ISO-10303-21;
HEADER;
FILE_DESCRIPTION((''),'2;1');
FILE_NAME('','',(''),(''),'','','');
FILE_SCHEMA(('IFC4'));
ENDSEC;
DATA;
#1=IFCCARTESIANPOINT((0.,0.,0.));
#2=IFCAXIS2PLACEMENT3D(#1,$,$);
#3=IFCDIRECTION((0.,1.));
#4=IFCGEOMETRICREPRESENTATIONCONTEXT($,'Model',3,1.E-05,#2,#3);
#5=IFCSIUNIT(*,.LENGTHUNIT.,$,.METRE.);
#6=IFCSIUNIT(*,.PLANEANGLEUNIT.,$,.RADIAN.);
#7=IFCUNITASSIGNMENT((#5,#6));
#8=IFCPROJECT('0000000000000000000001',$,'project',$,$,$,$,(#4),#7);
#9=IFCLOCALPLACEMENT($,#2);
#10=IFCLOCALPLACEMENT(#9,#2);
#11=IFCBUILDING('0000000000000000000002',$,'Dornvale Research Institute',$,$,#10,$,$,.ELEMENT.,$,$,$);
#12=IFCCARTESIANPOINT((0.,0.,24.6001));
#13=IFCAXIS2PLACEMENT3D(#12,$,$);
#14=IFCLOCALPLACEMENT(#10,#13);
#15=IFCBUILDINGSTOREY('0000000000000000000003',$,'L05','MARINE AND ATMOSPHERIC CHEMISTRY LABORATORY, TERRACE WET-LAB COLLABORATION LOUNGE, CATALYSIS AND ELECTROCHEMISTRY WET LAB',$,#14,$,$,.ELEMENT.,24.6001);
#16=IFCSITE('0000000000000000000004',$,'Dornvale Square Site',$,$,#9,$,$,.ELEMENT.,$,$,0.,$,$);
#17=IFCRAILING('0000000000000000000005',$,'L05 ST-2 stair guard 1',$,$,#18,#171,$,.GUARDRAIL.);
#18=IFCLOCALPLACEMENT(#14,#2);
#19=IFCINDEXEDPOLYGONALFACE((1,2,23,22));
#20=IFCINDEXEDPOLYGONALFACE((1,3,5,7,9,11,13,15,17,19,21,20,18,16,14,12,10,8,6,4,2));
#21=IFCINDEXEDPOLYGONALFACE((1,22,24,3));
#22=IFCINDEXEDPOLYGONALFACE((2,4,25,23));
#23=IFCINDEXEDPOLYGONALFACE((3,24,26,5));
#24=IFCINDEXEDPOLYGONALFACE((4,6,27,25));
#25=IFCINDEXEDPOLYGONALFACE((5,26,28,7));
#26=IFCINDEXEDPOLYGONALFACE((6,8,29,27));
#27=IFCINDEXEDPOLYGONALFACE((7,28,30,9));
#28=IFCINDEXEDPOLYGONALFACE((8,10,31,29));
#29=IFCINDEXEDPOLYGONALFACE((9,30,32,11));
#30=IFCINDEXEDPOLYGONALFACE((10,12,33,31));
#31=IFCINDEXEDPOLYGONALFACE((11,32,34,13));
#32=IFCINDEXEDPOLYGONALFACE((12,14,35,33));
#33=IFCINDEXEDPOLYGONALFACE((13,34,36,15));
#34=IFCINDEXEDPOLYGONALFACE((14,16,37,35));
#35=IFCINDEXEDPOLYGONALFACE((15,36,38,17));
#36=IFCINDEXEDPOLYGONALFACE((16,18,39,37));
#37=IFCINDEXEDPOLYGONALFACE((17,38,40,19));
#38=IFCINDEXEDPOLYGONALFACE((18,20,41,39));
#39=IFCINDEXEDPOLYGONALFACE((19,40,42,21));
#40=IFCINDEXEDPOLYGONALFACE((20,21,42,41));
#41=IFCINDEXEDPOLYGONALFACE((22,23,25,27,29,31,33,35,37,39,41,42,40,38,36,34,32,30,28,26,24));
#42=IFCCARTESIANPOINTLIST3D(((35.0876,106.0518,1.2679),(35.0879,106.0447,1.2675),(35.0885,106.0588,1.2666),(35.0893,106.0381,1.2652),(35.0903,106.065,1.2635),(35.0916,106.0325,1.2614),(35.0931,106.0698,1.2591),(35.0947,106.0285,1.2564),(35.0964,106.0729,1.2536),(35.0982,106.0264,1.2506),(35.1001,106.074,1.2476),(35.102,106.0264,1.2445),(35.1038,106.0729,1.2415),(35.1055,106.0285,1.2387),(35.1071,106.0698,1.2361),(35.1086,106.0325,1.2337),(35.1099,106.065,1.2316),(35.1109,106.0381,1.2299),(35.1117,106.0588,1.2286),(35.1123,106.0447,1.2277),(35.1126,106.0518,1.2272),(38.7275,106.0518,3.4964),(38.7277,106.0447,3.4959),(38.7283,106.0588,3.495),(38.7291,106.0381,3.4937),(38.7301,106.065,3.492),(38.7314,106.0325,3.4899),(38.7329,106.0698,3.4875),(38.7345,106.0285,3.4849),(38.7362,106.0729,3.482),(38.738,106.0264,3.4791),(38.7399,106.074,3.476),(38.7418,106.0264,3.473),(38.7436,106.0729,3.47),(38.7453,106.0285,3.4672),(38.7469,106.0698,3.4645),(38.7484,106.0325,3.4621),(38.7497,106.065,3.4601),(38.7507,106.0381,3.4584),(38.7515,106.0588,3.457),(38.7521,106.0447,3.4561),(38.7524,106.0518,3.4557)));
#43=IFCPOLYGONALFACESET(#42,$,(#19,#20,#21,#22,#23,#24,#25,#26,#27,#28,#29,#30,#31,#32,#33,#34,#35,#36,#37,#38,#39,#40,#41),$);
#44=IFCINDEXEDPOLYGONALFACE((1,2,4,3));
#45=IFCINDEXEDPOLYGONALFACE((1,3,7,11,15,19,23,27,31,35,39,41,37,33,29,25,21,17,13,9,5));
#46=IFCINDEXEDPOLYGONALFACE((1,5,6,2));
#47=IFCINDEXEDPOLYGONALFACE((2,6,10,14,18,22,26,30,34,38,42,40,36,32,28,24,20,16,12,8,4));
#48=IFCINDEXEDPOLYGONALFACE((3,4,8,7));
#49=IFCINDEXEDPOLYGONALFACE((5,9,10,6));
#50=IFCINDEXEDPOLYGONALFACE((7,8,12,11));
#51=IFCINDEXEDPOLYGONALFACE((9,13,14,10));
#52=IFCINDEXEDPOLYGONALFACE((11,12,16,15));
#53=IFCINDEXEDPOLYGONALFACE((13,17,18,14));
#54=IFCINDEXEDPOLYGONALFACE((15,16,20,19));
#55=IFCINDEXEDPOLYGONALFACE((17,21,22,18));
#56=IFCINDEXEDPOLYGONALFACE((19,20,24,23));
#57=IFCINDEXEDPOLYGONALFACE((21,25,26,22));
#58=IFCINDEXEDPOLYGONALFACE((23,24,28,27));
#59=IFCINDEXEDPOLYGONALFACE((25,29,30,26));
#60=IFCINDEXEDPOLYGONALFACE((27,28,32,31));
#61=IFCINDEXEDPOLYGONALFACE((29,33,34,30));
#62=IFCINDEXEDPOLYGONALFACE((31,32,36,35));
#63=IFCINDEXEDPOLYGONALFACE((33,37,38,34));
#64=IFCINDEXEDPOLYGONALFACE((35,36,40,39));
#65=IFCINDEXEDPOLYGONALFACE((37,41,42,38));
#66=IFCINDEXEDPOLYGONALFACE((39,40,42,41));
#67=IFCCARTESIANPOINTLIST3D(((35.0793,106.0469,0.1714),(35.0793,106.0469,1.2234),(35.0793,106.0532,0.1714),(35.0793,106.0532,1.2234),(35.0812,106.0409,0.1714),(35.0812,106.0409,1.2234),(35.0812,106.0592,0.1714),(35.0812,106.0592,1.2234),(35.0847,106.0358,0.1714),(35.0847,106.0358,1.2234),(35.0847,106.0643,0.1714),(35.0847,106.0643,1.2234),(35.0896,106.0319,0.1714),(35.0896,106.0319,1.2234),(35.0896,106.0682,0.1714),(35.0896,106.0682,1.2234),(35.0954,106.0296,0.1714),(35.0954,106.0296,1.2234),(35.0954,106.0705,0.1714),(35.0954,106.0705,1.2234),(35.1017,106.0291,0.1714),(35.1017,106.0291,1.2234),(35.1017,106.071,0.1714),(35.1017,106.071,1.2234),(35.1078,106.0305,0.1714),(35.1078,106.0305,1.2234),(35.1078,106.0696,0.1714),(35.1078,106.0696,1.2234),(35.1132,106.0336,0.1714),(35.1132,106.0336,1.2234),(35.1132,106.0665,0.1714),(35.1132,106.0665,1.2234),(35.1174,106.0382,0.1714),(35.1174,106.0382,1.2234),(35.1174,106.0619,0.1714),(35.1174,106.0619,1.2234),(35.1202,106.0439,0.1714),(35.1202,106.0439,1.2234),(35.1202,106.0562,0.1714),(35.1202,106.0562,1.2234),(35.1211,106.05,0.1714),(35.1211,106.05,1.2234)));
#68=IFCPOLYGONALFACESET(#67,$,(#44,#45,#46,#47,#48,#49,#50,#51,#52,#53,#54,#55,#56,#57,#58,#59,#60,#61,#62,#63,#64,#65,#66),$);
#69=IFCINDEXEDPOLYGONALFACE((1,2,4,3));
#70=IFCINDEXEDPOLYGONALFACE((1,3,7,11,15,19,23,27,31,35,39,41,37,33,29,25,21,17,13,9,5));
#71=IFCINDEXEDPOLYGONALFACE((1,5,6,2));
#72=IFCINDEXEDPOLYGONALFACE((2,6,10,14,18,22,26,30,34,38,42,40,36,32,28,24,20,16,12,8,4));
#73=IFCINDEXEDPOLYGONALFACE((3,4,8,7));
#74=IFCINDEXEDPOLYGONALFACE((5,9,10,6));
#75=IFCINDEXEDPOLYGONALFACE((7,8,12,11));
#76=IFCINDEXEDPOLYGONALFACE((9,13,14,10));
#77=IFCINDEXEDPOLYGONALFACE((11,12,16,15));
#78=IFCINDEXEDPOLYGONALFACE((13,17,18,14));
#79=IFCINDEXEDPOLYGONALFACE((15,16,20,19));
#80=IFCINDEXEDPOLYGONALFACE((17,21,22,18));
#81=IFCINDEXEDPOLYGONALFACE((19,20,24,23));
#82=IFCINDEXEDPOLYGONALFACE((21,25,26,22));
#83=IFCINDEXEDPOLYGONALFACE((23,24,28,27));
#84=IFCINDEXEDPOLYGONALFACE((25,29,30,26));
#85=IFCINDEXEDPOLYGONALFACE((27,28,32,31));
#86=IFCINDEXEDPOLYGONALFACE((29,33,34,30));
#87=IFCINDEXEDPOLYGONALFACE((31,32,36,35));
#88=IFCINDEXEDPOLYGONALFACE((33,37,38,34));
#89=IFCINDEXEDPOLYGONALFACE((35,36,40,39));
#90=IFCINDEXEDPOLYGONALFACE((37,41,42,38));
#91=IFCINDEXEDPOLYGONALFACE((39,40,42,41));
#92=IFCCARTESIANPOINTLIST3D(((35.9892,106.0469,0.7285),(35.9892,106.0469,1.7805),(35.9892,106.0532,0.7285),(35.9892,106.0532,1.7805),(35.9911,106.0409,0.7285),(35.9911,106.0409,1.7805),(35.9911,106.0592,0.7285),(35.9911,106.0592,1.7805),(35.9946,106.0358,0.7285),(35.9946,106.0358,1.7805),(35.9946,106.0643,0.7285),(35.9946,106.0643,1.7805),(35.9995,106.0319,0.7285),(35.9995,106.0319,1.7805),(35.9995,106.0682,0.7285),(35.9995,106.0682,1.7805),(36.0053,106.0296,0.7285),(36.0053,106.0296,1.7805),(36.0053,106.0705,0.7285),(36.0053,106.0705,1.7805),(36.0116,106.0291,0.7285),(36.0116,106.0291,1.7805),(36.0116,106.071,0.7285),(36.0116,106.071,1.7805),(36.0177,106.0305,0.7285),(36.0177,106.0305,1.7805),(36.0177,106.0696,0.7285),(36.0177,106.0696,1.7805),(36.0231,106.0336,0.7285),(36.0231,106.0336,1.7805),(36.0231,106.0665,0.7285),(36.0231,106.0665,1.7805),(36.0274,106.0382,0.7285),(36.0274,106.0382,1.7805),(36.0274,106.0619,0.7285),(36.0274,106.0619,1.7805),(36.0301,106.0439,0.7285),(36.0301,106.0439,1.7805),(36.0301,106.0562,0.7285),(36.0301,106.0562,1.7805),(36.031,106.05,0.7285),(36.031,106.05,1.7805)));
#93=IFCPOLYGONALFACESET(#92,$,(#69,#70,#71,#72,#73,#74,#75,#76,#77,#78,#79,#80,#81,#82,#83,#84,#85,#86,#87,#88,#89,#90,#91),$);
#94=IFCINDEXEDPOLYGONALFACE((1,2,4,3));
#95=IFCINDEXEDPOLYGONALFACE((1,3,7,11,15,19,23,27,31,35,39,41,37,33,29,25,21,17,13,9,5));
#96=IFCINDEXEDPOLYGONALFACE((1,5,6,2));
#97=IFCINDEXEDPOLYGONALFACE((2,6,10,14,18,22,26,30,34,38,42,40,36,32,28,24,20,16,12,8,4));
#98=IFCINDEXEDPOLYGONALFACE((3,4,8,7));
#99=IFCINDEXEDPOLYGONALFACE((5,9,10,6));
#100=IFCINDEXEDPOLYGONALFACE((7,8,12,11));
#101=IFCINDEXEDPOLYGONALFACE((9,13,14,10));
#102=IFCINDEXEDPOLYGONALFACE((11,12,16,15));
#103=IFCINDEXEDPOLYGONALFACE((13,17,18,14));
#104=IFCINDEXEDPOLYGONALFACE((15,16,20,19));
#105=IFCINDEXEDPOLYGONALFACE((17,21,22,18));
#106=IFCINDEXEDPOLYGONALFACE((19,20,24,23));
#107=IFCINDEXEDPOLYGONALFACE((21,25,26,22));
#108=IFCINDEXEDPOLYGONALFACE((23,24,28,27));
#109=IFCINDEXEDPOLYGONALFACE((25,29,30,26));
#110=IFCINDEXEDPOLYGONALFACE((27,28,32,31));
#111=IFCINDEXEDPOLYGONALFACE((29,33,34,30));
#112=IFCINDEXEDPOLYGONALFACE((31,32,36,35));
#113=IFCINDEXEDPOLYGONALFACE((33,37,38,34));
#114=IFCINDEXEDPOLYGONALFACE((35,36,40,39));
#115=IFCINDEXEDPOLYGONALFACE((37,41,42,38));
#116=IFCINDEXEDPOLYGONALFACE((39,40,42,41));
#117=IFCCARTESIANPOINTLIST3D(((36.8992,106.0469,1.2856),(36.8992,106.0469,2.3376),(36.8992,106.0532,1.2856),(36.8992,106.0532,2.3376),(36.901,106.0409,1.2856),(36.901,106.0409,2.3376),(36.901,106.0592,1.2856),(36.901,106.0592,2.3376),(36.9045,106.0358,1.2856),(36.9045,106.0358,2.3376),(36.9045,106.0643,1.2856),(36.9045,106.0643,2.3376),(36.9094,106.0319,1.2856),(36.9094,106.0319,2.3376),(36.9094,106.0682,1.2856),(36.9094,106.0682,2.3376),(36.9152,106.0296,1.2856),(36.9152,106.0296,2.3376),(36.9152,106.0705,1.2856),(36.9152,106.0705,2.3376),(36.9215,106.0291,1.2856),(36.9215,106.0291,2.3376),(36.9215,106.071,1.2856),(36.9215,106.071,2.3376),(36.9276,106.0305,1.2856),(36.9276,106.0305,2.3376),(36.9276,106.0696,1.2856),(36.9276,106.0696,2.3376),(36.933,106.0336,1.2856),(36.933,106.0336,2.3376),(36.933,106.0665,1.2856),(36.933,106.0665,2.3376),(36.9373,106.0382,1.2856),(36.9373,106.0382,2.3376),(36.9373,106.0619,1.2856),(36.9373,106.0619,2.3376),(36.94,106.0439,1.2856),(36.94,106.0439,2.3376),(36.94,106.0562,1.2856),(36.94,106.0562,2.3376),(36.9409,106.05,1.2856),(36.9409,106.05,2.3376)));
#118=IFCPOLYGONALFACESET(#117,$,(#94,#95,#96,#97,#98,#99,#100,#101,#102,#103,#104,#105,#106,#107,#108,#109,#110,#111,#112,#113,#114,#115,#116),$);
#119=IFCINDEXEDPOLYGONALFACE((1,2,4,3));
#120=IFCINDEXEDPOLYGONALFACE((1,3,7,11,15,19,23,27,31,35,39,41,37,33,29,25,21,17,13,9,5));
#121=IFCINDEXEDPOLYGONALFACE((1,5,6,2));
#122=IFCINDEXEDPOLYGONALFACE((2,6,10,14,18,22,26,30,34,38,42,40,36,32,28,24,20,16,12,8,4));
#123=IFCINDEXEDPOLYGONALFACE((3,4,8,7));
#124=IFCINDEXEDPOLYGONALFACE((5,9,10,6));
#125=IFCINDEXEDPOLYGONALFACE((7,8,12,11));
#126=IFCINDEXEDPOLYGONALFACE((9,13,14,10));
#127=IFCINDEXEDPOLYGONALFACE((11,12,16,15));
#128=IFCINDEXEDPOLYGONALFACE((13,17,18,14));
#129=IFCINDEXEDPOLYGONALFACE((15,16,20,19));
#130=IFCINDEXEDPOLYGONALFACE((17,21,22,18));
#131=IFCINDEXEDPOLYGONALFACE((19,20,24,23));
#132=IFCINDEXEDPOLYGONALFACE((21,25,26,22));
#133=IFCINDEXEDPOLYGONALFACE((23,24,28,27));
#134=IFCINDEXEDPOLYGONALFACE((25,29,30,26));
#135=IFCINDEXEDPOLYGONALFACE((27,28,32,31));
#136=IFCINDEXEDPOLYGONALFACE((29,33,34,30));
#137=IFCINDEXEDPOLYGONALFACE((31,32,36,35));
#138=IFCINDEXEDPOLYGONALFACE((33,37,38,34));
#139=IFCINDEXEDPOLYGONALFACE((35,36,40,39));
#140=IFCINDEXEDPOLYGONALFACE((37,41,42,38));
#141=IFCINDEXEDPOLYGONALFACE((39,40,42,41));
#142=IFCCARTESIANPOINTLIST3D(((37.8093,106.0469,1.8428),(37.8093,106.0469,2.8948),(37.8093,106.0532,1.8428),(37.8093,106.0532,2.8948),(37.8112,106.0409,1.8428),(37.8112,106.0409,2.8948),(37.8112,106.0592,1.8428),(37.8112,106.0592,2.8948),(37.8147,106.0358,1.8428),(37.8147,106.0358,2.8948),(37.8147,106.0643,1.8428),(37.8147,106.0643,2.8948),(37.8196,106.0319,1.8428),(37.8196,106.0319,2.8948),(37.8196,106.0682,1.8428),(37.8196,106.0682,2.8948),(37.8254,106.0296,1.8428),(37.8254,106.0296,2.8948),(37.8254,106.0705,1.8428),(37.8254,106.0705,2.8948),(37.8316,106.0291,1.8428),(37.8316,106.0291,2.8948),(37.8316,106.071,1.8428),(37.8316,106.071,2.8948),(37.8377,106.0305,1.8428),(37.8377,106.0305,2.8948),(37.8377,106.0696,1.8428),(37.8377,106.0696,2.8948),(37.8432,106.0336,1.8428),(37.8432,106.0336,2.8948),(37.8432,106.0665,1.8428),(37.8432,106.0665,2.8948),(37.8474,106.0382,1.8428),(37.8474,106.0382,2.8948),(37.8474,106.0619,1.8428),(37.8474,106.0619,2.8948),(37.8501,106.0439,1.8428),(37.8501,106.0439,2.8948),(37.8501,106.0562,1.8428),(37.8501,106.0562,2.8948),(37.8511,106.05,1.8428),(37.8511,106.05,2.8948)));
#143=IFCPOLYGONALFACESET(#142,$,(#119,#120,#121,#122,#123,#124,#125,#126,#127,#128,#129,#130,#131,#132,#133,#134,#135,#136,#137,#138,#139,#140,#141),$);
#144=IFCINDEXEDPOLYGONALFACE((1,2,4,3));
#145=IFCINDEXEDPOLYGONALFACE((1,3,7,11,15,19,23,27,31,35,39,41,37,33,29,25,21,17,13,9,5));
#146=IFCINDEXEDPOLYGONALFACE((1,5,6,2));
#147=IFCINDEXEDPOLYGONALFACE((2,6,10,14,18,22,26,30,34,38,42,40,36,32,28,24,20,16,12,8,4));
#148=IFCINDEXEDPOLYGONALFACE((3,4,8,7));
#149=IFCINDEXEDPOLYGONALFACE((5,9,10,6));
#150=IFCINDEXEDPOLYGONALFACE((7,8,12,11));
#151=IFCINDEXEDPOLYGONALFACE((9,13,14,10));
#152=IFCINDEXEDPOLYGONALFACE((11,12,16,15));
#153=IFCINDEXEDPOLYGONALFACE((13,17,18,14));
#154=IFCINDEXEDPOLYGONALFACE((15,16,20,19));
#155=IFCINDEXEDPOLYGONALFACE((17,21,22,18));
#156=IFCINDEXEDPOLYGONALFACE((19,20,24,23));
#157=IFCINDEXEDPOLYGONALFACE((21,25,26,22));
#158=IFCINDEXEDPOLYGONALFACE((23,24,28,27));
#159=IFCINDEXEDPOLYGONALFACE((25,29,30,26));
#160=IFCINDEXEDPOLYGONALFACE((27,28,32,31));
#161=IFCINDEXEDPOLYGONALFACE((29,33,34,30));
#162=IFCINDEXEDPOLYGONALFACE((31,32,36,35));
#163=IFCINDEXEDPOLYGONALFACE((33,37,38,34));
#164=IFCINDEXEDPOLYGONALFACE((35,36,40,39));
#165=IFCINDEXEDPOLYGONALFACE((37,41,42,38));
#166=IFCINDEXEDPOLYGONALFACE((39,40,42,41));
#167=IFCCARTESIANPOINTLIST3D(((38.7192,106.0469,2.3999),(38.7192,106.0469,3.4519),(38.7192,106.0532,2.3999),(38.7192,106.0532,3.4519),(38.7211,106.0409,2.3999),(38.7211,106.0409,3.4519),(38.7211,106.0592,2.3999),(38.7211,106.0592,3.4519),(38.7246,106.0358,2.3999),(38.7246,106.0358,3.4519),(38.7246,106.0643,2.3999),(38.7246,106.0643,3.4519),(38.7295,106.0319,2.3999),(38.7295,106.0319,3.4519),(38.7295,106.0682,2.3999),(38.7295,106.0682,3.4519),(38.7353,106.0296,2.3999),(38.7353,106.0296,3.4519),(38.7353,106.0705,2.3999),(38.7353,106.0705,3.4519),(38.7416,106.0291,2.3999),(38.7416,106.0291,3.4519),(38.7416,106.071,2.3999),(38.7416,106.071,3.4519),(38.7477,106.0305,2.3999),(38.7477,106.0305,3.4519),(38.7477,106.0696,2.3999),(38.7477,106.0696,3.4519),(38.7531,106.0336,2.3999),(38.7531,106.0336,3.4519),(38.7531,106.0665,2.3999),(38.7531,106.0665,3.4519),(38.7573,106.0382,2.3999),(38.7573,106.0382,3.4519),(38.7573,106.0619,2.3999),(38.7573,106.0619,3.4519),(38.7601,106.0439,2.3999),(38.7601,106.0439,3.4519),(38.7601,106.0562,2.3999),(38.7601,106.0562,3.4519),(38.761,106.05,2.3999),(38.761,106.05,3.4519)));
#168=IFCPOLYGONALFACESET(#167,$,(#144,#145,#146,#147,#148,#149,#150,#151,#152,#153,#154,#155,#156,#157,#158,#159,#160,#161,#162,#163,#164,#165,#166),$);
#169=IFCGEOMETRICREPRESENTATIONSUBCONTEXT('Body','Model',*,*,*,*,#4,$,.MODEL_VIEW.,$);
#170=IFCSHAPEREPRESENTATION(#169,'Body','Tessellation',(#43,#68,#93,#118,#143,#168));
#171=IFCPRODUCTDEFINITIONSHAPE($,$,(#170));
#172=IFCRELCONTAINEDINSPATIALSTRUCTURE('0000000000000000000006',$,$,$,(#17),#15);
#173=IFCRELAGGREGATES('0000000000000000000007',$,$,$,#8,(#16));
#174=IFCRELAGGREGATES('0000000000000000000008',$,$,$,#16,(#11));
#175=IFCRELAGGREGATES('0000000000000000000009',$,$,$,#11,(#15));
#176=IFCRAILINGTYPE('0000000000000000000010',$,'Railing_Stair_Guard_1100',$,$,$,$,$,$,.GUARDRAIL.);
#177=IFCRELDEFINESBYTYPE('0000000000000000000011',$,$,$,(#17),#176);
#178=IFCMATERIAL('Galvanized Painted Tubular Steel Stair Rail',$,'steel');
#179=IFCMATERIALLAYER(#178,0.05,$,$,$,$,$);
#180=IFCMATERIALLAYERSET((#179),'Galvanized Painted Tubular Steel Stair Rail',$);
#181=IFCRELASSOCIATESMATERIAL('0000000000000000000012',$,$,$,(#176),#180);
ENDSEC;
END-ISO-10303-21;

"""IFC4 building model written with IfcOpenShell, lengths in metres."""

from ifc_helpers import new_model, si_unit, direction, frame, origin, origin_2d, place, context, subcontext, project, spatial, circle, extrude, material, layer, layer_set, type_object, element, save


model = new_model("IFC4")

# Units and contexts
model_context = context("Model", 3, precision=1e-05, world=origin(), true_north=direction((0.0, 1.0)))
body_context = subcontext(model_context, "Body", "Model", "MODEL_VIEW")
ifc_project = project(units=[si_unit("LENGTHUNIT", "METRE"), si_unit("PLANEANGLEUNIT", "RADIAN")], contexts=[model_context])

# Site, building, storey
site_placement = place(None, origin())
site = spatial("IfcSite", under=ifc_project, at=site_placement, Name="Dornvale Square Site", CompositionType="ELEMENT", RefElevation=0.0)
building_placement = place(site_placement, origin())
building = spatial("IfcBuilding", under=site, at=building_placement, Name="Dornvale Research Institute", CompositionType="ELEMENT")
storey_placement = place(building_placement, frame((0.0, 0.0, 24.6001)))
storey = spatial("IfcBuildingStorey", under=building, at=storey_placement, Name="L05", Description="MARINE AND ATMOSPHERIC CHEMISTRY LABORATORY, TERRACE WET-LAB COLLABORATION LOUNGE, CATALYSIS AND ELECTROCHEMISTRY WET LAB", CompositionType="ELEMENT", Elevation=24.6001)

# Railing
ifc_material_1 = material(Name="Galvanized Painted Tubular Steel Stair Rail", Category="steel")
ifc_layer_1 = layer(ifc_material_1, 0.05)
ifc_layer_set_1 = layer_set([ifc_layer_1], Name="Galvanized Painted Tubular Steel Stair Rail")
railing_type_1 = type_object("IfcRailingType", Name="Railing_Stair_Guard_1100", PredefinedType="GUARDRAIL", material=ifc_layer_set_1)
railing_1_placement = place(storey_placement, frame((35.1001, 106.05, 0.1714)))
element("IfcRailing", 1, at=railing_1_placement, inside=storey, type_object=railing_type_1, Name="L05 ST-2 stair guard 1", PredefinedType="GUARDRAIL", context=body_context, shape_type="SweptSolid", body=[
    extrude(circle(Radius=0.0239, at=origin_2d()), frame((0.0, 0.0, 1.0762), z_axis=(0.85285, 0.0, 0.522156), x_axis=(0.0, 1.0, 0.0)), (0.0, 0.0, 1.0), 4.2678),
    extrude(circle(Radius=0.021, at=origin_2d()), origin(), (0.0, 0.0, 1.0), 1.052),
    extrude(circle(Radius=0.021, at=origin_2d()), frame((0.9099, 0.0, 0.5571)), (0.0, 0.0, 1.0), 1.052),
    extrude(circle(Radius=0.021, at=origin_2d()), frame((1.8198, 0.0, 1.1143)), (0.0, 0.0, 1.0), 1.052),
    extrude(circle(Radius=0.021, at=origin_2d()), frame((2.73, 0.0, 1.6714)), (0.0, 0.0, 1.0), 1.052),
    extrude(circle(Radius=0.021, at=origin_2d()), frame((3.6399, 0.0, 2.2285)), (0.0, 0.0, 1.0), 1.052),
])

save(model, "model.ifc")
